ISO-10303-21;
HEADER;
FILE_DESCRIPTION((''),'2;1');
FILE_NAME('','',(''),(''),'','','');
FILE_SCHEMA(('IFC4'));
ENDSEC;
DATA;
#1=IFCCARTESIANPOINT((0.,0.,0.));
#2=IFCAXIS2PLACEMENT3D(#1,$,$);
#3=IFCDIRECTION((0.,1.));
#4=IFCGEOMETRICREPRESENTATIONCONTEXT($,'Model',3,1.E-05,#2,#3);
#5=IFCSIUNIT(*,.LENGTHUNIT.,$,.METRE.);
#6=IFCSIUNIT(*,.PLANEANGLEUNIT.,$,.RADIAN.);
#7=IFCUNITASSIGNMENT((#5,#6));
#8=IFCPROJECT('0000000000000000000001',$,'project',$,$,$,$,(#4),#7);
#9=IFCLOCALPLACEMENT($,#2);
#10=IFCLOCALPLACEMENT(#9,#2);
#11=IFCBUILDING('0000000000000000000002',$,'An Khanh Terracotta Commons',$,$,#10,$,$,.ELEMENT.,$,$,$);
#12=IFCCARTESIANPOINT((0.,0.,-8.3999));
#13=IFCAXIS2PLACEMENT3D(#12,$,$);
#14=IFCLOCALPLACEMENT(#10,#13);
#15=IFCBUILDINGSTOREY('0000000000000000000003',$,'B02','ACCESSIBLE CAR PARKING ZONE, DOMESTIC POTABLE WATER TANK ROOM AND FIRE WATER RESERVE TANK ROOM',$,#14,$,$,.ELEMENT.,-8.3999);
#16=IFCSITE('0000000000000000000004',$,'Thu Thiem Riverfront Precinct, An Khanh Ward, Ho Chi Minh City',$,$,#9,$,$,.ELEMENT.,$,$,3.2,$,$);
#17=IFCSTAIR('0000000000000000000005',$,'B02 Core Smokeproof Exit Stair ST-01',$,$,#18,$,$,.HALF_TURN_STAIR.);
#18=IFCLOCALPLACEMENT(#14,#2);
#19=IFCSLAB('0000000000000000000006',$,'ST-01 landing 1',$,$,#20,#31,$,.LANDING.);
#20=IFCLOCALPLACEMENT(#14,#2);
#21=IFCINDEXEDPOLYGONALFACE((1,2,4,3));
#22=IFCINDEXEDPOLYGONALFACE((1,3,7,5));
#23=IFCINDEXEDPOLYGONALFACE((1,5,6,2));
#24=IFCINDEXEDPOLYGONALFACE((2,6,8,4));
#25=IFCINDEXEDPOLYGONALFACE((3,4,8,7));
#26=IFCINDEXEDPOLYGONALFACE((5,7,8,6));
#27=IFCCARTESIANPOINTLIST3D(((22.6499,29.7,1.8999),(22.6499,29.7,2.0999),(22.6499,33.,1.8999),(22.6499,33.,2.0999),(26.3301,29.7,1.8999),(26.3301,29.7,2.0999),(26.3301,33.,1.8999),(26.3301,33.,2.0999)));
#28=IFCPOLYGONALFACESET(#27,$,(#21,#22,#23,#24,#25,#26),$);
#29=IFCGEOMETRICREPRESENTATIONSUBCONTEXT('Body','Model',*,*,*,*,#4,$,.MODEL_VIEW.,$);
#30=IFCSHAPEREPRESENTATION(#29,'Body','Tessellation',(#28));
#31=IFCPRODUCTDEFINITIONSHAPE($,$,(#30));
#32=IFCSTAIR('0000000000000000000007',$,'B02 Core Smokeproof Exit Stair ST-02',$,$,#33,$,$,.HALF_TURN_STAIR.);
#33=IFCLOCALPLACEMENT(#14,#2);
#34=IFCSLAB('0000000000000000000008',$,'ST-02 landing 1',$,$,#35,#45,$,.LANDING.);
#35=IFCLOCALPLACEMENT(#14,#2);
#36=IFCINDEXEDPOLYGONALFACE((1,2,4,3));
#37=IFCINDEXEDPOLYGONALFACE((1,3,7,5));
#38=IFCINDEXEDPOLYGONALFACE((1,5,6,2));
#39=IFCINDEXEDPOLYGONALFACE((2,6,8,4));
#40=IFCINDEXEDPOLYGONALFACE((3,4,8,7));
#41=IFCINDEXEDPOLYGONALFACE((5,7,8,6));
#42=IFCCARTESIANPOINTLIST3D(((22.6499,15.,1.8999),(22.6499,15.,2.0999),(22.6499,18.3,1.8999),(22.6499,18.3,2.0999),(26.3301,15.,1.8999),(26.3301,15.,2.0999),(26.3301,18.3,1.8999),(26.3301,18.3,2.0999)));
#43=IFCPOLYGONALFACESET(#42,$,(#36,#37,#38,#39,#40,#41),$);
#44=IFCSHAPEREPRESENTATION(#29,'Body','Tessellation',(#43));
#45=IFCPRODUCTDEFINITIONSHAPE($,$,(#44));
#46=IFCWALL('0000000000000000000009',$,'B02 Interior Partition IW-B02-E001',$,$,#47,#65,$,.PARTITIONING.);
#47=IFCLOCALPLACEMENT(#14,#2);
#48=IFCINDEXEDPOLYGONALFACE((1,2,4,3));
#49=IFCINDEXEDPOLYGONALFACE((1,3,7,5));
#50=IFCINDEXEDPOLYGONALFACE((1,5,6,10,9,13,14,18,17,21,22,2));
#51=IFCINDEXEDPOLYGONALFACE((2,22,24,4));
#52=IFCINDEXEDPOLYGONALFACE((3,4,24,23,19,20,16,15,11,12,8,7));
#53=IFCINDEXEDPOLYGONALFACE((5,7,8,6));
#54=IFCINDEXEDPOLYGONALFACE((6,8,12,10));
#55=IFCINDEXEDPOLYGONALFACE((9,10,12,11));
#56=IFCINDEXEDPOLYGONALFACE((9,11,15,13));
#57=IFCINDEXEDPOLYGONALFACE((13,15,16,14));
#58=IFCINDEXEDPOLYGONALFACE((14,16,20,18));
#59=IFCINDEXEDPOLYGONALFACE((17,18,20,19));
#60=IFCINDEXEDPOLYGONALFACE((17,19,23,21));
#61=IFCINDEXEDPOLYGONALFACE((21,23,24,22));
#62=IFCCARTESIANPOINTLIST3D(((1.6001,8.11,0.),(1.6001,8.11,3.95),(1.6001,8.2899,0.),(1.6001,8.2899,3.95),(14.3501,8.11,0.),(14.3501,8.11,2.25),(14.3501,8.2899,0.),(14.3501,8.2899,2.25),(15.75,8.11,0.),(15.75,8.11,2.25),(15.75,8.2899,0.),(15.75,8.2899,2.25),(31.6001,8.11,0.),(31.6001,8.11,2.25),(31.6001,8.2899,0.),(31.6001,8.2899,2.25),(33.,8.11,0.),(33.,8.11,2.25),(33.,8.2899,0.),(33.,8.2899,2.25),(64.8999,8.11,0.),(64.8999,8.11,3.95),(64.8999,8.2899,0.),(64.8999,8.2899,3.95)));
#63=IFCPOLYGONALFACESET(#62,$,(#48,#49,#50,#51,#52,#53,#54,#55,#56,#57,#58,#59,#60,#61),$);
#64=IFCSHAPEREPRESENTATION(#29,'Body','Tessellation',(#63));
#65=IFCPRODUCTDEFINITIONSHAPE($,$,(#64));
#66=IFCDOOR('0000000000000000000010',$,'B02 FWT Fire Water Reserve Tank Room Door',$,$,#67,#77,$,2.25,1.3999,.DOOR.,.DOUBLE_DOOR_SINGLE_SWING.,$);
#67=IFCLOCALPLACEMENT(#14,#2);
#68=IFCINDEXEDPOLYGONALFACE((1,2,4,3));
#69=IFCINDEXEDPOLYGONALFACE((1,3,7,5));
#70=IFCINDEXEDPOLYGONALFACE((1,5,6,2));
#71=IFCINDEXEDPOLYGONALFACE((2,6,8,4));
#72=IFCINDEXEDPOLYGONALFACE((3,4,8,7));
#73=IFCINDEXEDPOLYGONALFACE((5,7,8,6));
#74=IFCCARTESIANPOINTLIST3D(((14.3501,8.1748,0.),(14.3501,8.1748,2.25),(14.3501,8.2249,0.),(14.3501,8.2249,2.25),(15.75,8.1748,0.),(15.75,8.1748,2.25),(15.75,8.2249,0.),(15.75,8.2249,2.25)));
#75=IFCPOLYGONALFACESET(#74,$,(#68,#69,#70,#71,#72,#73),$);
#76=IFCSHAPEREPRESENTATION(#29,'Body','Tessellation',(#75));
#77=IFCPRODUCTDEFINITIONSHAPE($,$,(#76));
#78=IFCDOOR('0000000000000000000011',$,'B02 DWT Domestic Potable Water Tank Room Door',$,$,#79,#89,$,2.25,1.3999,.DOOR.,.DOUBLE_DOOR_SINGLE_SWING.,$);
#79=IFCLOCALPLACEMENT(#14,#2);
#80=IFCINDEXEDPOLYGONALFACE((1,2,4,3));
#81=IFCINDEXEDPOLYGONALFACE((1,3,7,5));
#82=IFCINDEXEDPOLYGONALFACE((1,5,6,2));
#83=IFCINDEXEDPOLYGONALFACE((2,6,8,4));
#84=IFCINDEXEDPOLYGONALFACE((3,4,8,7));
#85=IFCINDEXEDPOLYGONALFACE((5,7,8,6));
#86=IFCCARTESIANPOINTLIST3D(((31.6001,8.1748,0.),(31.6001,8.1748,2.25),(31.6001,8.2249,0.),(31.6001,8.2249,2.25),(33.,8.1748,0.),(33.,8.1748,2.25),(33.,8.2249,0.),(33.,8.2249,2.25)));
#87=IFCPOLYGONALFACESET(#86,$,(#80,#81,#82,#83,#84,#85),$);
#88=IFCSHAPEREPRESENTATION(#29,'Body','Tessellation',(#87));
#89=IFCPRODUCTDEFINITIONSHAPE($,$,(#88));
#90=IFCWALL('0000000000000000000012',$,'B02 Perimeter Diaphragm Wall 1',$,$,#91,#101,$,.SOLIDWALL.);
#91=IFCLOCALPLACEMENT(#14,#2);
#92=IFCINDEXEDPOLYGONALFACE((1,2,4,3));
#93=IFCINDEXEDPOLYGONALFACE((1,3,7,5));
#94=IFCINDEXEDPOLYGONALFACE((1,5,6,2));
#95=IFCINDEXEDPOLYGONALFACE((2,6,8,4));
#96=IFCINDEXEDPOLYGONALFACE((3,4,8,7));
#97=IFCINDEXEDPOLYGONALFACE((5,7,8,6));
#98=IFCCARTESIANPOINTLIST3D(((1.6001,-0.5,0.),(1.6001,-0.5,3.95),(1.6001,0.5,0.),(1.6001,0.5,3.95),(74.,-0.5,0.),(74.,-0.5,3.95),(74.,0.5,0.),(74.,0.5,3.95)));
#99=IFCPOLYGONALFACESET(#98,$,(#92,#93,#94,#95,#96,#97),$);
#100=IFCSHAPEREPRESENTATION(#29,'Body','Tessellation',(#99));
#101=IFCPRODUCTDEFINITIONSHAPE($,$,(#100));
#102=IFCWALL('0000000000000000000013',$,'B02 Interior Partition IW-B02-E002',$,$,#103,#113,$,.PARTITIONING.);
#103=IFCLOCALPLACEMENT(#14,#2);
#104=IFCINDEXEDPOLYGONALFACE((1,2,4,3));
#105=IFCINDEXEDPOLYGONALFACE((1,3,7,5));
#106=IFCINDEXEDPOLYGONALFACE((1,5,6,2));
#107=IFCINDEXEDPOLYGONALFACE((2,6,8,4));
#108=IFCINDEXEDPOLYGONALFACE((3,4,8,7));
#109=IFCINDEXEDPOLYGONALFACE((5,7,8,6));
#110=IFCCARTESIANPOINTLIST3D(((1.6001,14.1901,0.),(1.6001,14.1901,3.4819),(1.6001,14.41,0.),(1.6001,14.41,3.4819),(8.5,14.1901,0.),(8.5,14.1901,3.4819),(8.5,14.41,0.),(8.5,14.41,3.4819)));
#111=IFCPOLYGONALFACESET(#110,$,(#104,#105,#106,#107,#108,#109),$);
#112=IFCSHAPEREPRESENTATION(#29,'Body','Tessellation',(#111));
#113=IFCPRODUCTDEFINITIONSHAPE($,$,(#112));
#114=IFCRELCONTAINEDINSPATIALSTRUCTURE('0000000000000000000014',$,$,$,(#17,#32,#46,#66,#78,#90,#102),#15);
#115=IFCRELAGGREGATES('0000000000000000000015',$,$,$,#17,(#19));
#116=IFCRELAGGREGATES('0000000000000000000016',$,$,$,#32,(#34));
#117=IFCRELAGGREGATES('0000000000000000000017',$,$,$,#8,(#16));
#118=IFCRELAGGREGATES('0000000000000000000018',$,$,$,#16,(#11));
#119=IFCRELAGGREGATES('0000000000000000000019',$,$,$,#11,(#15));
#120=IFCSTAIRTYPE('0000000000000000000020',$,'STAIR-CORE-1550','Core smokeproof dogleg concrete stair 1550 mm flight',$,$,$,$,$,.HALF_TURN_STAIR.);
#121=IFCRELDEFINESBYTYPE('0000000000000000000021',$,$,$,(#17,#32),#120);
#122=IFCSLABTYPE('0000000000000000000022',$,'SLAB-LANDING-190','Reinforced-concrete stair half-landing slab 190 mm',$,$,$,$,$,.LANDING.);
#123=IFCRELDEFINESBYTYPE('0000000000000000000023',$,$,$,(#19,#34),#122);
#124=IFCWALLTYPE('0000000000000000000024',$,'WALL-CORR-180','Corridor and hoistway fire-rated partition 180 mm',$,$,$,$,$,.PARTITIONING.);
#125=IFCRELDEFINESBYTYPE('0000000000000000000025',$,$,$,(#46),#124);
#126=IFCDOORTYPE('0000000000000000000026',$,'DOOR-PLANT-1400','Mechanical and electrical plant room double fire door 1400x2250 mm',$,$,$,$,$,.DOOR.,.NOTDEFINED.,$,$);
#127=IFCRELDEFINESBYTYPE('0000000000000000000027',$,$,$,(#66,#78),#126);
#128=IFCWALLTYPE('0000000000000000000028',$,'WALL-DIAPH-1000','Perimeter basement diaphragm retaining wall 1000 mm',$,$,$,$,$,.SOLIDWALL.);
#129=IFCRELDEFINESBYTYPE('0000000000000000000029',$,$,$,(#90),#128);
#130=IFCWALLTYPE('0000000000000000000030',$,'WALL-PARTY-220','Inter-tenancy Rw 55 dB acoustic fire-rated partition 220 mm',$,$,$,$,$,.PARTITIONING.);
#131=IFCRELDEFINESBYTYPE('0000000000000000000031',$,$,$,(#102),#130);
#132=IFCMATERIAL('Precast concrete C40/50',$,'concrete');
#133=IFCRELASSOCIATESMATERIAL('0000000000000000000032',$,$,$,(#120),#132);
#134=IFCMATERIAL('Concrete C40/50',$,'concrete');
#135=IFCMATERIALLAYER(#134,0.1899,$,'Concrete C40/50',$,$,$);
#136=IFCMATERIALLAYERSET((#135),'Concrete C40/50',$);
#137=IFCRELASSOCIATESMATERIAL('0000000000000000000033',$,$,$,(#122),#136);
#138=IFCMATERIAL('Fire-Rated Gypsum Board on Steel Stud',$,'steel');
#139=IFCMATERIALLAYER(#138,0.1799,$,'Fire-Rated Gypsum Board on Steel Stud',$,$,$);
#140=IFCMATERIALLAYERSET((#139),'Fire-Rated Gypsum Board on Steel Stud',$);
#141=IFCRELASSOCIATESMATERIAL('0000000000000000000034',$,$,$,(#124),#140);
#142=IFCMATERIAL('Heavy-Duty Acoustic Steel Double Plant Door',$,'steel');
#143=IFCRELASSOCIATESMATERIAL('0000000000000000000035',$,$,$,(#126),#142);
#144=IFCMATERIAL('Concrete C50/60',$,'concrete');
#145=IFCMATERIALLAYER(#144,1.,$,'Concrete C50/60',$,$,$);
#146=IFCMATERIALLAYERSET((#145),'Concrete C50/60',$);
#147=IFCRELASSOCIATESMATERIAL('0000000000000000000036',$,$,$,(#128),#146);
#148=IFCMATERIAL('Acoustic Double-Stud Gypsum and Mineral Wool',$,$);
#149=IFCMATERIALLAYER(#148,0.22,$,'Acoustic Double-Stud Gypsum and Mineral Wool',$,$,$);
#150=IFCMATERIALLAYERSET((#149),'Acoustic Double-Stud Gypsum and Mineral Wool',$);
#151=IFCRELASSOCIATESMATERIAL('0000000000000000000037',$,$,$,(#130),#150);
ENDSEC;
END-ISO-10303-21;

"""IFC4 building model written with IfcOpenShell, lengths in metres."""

from ifc_helpers import new_model, si_unit, direction, frame, frame_2d, origin, place, context, subcontext, project, spatial, polyline, rectangle, outline, extrude, material, layer, layer_set, type_object, element, fill, aggregate, save


model = new_model("IFC4")

# Units and contexts
model_context = context("Model", 3, precision=1e-05, world=origin(), true_north=direction((0.0, 1.0)))
body_context = subcontext(model_context, "Body", "Model", "MODEL_VIEW")
ifc_project = project(units=[si_unit("LENGTHUNIT", "METRE"), si_unit("PLANEANGLEUNIT", "RADIAN")], contexts=[model_context])

# Site, building, storey
site_placement = place(None, origin())
site = spatial("IfcSite", under=ifc_project, at=site_placement, Name="Thu Thiem Riverfront Precinct, An Khanh Ward, Ho Chi Minh City", CompositionType="ELEMENT", RefElevation=3.2)
building_placement = place(site_placement, origin())
building = spatial("IfcBuilding", under=site, at=building_placement, Name="An Khanh Terracotta Commons", CompositionType="ELEMENT")
storey_placement = place(building_placement, frame((0.0, 0.0, -8.3999)))
storey = spatial("IfcBuildingStorey", under=building, at=storey_placement, Name="B02", Description="ACCESSIBLE CAR PARKING ZONE, DOMESTIC POTABLE WATER TANK ROOM AND FIRE WATER RESERVE TANK ROOM", CompositionType="ELEMENT", Elevation=-8.3999)

# Shared definitions
ifc_material_1 = material(Name="Concrete C50/60", Category="concrete")

# Shared definitions
ifc_material_2 = material(Name="Concrete C40/50", Category="concrete")

# Stairs, slabs
ifc_material_3 = material(Name="Precast concrete C40/50", Category="concrete")
stair_type = type_object("IfcStairType", Name="STAIR-CORE-1550", Description="Core smokeproof dogleg concrete stair 1550 mm flight", PredefinedType="HALF_TURN_STAIR", material=ifc_material_3)
stair_1_placement = place(storey_placement, origin())
stair_1 = element("IfcStair", 1, at=stair_1_placement, inside=storey, type_object=stair_type, Name="B02 Core Smokeproof Exit Stair ST-01", PredefinedType="HALF_TURN_STAIR")
ifc_layer_1 = layer(ifc_material_2, 0.1899, Name="Concrete C40/50")
ifc_layer_set_1 = layer_set([ifc_layer_1], Name="Concrete C40/50")
slab_type_1 = type_object("IfcSlabType", Name="SLAB-LANDING-190", Description="Reinforced-concrete stair half-landing slab 190 mm", PredefinedType="LANDING", material=ifc_layer_set_1)
slab_1_placement = place(storey_placement, frame((0.0, 0.0, 1.8999)))
slab_1 = element("IfcSlab", 2, at=slab_1_placement, type_object=slab_type_1, Name="ST-01 landing 1", PredefinedType="LANDING", context=body_context, shape_type="SweptSolid", body=[
    extrude(outline(polyline([(26.3301, 33.0), (22.6499, 33.0), (22.6499, 29.7), (26.3301, 29.7), (26.3301, 33.0)])), origin(), (0.0, 0.0, 1.0), 0.2),
])
aggregate(stair_1, [slab_1])
stair_2_placement = place(storey_placement, origin())
stair_2 = element("IfcStair", 3, at=stair_2_placement, inside=storey, type_object=stair_type, Name="B02 Core Smokeproof Exit Stair ST-02", PredefinedType="HALF_TURN_STAIR")
slab_2_placement = place(storey_placement, frame((0.0, 0.0, 1.8999)))
slab_2 = element("IfcSlab", 4, at=slab_2_placement, type_object=slab_type_1, Name="ST-02 landing 1", PredefinedType="LANDING", context=body_context, shape_type="SweptSolid", body=[
    extrude(outline(polyline([(26.3301, 18.3), (22.6499, 18.3), (22.6499, 15.0), (26.3301, 15.0), (26.3301, 18.3)])), origin(), (0.0, 0.0, 1.0), 0.2),
])
aggregate(stair_2, [slab_2])

# Wall, openings, doors
ifc_material_4 = material(Name="Fire-Rated Gypsum Board on Steel Stud", Category="steel")
ifc_layer_2 = layer(ifc_material_4, 0.1799, Name="Fire-Rated Gypsum Board on Steel Stud")
ifc_layer_set_2 = layer_set([ifc_layer_2], Name="Fire-Rated Gypsum Board on Steel Stud")
wall_type_1 = type_object("IfcWallType", Name="WALL-CORR-180", Description="Corridor and hoistway fire-rated partition 180 mm", PredefinedType="PARTITIONING", material=ifc_layer_set_2)
wall_1_placement = place(storey_placement, frame((1.6001, 8.2, 0.0), z_axis=(0.0, 0.0, 1.0), x_axis=(1.0, 0.0, 0.0)))
wall_1 = element("IfcWall", 5, at=wall_1_placement, inside=storey, type_object=wall_type_1, Name="B02 Interior Partition IW-B02-E001", PredefinedType="PARTITIONING", context=body_context, shape_type="SweptSolid", body=[
    extrude(rectangle(XDim=63.2998, YDim=0.1799, at=frame_2d((31.6499, 0.0))), origin(), (0.0, 0.0, 1.0), 3.95),
])
opening_1_placement = place(wall_1_placement, frame((12.75, 0.0, 0.0)))
opening_1 = element("IfcOpeningElement", 6, at=opening_1_placement, cuts=wall_1, PredefinedType="OPENING", context=body_context, shape_type="SweptSolid", body=[
    extrude(rectangle(XDim=1.3999, YDim=2.25, at=frame_2d((0.7, 1.125))), frame((0.0, 0.0999, 0.0), z_axis=(0.0, -1.0, 0.0), x_axis=(1.0, 0.0, 0.0)), (0.0, 0.0, 1.0), 0.2),
])
opening_2_placement = place(wall_1_placement, frame((30.0, 0.0, 0.0)))
opening_2 = element("IfcOpeningElement", 7, at=opening_2_placement, cuts=wall_1, PredefinedType="OPENING", context=body_context, shape_type="SweptSolid", body=[
    extrude(rectangle(XDim=1.3999, YDim=2.25, at=frame_2d((0.7, 1.125))), frame((0.0, 0.0999, 0.0), z_axis=(0.0, -1.0, 0.0), x_axis=(1.0, 0.0, 0.0)), (0.0, 0.0, 1.0), 0.2),
])
ifc_material_5 = material(Name="Heavy-Duty Acoustic Steel Double Plant Door", Category="steel")
door_type = type_object("IfcDoorType", Name="DOOR-PLANT-1400", Description="Mechanical and electrical plant room double fire door 1400x2250 mm", OperationType="NOTDEFINED", PredefinedType="DOOR", material=ifc_material_5)
door_1_placement = place(opening_1_placement, origin())
door_1 = element("IfcDoor", 8, at=door_1_placement, inside=storey, type_object=door_type, Name="B02 FWT Fire Water Reserve Tank Room Door", OperationType="DOUBLE_DOOR_SINGLE_SWING", OverallHeight=2.25, OverallWidth=1.3999, PredefinedType="DOOR", context=body_context, shape_type="SweptSolid", body=[
    extrude(rectangle(XDim=1.3999, YDim=2.25, at=frame_2d((0.7, 1.125))), frame((0.0, 0.0249, 0.0), z_axis=(0.0, -1.0, 0.0), x_axis=(1.0, 0.0, 0.0)), (0.0, 0.0, 1.0), 0.05),
])
fill(opening_1, door_1)
door_2_placement = place(opening_2_placement, origin())
door_2 = element("IfcDoor", 9, at=door_2_placement, inside=storey, type_object=door_type, Name="B02 DWT Domestic Potable Water Tank Room Door", OperationType="DOUBLE_DOOR_SINGLE_SWING", OverallHeight=2.25, OverallWidth=1.3999, PredefinedType="DOOR", context=body_context, shape_type="SweptSolid", body=[
    extrude(rectangle(XDim=1.3999, YDim=2.25, at=frame_2d((0.7, 1.125))), frame((0.0, 0.0249, 0.0), z_axis=(0.0, -1.0, 0.0), x_axis=(1.0, 0.0, 0.0)), (0.0, 0.0, 1.0), 0.05),
])
fill(opening_2, door_2)

# Walls
ifc_layer_3 = layer(ifc_material_1, 1.0, Name="Concrete C50/60")
ifc_layer_set_3 = layer_set([ifc_layer_3], Name="Concrete C50/60")
wall_type_2 = type_object("IfcWallType", Name="WALL-DIAPH-1000", Description="Perimeter basement diaphragm retaining wall 1000 mm", PredefinedType="SOLIDWALL", material=ifc_layer_set_3)
wall_2_placement = place(storey_placement, frame((1.6001, 0.0, 0.0), z_axis=(0.0, 0.0, 1.0), x_axis=(1.0, 0.0, 0.0)))
element("IfcWall", 10, at=wall_2_placement, inside=storey, type_object=wall_type_2, Name="B02 Perimeter Diaphragm Wall 1", PredefinedType="SOLIDWALL", context=body_context, shape_type="SweptSolid", body=[
    extrude(rectangle(XDim=72.3999, YDim=1.0, at=frame_2d((36.2, 0.0))), origin(), (0.0, 0.0, 1.0), 3.95),
])
ifc_material_6 = material(Name="Acoustic Double-Stud Gypsum and Mineral Wool")
ifc_layer_4 = layer(ifc_material_6, 0.22, Name="Acoustic Double-Stud Gypsum and Mineral Wool")
ifc_layer_set_4 = layer_set([ifc_layer_4], Name="Acoustic Double-Stud Gypsum and Mineral Wool")
wall_type_3 = type_object("IfcWallType", Name="WALL-PARTY-220", Description="Inter-tenancy Rw 55 dB acoustic fire-rated partition 220 mm", PredefinedType="PARTITIONING", material=ifc_layer_set_4)
wall_3_placement = place(storey_placement, frame((1.6001, 14.3, 0.0), z_axis=(0.0, 0.0, 1.0), x_axis=(1.0, 0.0, 0.0)))
element("IfcWall", 11, at=wall_3_placement, inside=storey, type_object=wall_type_3, Name="B02 Interior Partition IW-B02-E002", PredefinedType="PARTITIONING", context=body_context, shape_type="SweptSolid", body=[
    extrude(rectangle(XDim=6.8999, YDim=0.22, at=frame_2d((3.45, 0.0))), origin(), (0.0, 0.0, 1.0), 3.4819),
])

save(model, "model.ifc")
